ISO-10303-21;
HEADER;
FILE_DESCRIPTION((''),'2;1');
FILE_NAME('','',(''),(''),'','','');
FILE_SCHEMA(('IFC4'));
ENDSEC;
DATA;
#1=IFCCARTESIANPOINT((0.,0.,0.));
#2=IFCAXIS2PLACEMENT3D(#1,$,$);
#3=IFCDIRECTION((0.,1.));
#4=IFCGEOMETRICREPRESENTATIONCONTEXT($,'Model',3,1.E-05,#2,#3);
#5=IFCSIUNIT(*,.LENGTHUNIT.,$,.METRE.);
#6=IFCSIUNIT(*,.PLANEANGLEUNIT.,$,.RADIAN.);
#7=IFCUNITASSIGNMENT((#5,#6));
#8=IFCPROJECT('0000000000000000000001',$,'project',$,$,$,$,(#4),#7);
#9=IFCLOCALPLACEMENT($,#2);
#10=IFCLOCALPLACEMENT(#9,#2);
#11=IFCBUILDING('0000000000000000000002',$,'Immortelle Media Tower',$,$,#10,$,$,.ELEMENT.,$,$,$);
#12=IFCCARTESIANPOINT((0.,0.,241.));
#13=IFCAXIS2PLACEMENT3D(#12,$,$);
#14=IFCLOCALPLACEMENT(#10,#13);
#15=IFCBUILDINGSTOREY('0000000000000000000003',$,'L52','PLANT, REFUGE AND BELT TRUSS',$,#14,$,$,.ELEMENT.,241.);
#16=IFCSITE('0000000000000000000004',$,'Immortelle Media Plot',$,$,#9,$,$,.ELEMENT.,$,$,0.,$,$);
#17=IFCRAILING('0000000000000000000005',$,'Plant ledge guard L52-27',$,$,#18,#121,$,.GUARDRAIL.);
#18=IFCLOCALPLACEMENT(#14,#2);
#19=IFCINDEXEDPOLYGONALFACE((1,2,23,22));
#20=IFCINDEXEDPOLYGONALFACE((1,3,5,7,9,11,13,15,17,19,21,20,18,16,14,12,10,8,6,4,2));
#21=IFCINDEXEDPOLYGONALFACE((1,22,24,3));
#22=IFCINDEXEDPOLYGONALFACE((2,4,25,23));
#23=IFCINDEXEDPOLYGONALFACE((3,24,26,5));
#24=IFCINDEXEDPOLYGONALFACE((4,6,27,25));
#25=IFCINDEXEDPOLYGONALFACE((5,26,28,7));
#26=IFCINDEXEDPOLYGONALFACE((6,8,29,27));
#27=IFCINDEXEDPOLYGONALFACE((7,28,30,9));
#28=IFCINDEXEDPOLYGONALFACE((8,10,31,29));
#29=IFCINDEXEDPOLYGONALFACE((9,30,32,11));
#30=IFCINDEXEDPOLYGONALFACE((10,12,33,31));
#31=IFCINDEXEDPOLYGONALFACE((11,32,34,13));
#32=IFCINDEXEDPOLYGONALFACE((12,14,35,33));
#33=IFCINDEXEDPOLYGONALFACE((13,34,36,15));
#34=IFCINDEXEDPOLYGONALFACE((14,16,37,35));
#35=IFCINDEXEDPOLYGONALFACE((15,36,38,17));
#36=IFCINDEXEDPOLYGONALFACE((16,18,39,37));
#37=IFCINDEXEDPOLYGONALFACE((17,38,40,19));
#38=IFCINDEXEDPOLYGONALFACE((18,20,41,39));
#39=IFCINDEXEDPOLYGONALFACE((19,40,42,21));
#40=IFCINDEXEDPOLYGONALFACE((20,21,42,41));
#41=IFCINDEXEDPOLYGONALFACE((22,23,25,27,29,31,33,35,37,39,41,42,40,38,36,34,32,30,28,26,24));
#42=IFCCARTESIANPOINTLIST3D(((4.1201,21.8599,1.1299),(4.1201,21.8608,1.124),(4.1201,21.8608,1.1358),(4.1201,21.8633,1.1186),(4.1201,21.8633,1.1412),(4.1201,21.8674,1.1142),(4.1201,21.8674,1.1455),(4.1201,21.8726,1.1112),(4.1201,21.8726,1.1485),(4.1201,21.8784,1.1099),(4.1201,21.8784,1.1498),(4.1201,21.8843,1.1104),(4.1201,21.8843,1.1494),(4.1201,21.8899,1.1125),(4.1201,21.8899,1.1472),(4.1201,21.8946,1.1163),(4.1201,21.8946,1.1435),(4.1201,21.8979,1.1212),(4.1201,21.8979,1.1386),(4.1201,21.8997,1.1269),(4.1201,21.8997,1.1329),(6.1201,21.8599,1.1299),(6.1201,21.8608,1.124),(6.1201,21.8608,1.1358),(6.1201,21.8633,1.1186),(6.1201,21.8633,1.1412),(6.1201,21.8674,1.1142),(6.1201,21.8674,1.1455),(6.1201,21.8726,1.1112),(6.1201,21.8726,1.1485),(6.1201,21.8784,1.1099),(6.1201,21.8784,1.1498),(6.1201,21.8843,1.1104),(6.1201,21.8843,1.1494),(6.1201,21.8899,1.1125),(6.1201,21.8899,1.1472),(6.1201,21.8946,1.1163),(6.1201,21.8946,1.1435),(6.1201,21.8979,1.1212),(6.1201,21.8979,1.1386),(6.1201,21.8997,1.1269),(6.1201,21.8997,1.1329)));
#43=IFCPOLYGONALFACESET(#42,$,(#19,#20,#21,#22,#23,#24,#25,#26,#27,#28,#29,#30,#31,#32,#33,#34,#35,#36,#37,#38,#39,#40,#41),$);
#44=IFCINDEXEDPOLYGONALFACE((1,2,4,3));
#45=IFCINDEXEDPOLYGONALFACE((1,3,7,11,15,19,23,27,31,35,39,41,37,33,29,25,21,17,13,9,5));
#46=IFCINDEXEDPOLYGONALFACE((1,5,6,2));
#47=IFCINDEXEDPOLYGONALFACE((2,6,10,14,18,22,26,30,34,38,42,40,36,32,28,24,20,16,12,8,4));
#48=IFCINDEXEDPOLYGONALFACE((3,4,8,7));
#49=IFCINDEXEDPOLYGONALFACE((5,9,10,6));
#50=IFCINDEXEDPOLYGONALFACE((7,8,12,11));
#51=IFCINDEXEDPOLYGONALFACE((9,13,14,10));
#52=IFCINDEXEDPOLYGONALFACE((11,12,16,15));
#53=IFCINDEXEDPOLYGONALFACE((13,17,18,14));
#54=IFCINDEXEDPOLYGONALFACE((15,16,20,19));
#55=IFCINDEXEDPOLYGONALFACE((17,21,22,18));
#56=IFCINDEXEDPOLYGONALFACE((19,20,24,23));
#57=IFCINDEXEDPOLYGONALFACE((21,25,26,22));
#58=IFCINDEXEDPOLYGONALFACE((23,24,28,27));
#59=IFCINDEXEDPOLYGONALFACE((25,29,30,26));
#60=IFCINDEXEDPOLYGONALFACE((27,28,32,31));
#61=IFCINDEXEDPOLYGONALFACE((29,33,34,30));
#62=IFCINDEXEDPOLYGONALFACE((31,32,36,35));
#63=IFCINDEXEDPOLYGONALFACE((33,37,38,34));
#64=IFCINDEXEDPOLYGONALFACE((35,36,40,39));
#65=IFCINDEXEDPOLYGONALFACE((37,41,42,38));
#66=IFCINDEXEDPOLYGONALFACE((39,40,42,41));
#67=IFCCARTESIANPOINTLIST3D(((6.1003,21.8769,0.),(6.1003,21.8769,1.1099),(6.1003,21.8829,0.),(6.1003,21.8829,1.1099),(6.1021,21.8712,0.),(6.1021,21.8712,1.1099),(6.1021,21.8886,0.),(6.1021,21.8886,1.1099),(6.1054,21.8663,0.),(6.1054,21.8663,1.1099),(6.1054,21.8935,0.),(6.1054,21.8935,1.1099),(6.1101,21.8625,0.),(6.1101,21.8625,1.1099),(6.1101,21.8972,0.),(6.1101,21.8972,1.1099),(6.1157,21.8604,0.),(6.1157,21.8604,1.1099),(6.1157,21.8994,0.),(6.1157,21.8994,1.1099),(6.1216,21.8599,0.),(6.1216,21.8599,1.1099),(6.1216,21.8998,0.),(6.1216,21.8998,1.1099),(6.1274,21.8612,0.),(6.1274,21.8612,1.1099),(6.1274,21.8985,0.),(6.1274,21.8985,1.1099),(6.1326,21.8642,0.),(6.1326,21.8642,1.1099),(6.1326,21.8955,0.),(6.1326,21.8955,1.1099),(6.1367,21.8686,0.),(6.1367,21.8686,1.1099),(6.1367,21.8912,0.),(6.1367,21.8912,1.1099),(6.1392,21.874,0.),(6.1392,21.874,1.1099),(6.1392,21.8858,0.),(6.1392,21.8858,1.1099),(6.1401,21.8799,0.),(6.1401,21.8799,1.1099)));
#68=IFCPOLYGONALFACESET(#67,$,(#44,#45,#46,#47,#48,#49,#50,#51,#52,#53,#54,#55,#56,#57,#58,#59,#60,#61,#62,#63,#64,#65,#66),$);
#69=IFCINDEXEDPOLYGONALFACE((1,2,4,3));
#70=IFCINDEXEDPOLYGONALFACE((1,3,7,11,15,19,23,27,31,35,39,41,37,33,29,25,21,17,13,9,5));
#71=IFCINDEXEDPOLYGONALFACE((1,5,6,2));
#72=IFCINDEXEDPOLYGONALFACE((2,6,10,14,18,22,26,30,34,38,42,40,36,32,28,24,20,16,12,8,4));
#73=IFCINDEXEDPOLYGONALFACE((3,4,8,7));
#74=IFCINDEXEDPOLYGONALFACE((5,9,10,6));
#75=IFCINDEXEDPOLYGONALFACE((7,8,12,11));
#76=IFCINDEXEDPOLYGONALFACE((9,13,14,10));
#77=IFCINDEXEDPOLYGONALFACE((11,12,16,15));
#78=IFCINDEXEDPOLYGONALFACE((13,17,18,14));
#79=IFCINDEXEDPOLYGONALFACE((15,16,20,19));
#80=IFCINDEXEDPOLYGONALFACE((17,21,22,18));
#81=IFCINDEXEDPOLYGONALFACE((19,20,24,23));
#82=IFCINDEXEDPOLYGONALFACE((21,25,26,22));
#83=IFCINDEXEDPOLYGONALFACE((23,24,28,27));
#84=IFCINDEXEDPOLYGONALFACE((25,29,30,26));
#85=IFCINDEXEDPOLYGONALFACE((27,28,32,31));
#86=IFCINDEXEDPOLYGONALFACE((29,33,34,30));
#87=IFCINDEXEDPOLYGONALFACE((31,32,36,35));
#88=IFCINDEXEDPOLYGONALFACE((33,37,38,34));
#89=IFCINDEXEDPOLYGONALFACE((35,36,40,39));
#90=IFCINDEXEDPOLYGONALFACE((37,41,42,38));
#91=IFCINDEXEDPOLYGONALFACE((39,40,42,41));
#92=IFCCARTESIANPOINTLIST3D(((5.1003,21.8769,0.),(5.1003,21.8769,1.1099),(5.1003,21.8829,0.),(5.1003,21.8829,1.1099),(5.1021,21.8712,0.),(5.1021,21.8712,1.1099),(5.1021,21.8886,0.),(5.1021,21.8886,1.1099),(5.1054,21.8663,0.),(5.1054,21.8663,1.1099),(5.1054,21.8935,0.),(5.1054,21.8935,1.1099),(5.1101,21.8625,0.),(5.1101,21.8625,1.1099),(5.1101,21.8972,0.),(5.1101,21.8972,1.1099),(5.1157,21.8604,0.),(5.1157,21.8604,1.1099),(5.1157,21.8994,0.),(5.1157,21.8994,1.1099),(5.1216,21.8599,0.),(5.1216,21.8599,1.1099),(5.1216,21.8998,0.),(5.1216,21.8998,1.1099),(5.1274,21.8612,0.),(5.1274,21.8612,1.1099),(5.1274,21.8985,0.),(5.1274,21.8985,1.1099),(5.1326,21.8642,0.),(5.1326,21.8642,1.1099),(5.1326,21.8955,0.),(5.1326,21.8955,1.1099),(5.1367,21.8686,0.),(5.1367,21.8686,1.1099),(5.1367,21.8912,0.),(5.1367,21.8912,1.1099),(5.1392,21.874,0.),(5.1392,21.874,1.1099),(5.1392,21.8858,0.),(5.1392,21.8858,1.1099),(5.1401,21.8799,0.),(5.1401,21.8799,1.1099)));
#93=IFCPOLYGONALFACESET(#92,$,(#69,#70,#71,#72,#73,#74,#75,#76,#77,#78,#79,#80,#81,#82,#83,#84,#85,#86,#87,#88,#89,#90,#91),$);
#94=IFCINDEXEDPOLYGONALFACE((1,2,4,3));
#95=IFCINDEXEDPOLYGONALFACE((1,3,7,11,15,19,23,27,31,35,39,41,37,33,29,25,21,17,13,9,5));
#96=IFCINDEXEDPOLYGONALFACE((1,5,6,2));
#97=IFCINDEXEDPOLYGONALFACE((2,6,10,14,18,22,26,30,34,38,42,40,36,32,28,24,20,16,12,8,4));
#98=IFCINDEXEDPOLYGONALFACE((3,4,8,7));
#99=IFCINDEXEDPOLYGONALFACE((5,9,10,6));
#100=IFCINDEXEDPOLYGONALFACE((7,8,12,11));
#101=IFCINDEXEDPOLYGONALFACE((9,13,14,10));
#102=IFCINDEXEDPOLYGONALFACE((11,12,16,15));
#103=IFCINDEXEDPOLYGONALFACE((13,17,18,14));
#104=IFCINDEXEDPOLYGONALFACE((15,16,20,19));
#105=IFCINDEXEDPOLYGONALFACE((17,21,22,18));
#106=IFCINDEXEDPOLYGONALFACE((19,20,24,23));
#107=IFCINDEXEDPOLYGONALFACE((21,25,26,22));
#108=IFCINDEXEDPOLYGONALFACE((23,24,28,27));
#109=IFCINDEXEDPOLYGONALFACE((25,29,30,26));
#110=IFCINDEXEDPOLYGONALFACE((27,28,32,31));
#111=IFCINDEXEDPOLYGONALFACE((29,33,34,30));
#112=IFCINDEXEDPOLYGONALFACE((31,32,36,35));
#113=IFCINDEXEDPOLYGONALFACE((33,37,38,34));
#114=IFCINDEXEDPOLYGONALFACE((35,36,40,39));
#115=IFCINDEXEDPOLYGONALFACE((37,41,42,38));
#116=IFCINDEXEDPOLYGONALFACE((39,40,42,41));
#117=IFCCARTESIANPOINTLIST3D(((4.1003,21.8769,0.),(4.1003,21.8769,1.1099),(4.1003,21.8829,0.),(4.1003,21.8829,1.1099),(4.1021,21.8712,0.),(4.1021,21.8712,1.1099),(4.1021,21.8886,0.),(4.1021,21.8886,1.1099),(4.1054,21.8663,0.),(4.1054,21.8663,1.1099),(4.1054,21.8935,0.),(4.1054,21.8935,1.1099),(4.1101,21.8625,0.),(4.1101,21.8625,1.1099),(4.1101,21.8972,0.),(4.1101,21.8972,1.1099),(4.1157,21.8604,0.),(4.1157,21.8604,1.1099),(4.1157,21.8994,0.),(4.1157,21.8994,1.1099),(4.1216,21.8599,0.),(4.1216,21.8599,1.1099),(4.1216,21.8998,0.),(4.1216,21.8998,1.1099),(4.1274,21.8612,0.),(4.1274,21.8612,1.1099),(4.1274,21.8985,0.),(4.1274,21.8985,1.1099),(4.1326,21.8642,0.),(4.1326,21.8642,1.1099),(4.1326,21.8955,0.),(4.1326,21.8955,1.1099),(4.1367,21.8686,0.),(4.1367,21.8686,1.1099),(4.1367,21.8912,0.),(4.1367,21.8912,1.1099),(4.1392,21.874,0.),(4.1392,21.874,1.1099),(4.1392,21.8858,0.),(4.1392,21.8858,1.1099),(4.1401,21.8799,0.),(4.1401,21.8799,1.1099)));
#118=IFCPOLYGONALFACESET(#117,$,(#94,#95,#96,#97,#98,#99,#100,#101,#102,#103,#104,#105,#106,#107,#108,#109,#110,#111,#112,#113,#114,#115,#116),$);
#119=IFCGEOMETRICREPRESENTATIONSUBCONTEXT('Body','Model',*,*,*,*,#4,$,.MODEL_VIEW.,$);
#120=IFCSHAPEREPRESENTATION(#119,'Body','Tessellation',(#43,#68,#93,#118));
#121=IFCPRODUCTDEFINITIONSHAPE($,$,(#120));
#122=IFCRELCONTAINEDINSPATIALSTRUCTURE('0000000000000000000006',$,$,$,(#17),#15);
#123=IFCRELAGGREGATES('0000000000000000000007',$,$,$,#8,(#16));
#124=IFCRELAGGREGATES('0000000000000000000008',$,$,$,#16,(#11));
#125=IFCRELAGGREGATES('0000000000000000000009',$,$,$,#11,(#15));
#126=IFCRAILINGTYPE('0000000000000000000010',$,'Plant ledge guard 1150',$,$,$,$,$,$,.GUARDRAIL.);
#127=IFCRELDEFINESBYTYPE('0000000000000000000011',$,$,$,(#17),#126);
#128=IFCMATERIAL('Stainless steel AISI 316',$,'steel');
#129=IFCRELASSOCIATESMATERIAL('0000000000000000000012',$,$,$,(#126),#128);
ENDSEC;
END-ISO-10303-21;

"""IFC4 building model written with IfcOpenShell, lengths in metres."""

from ifc_helpers import new_model, si_unit, direction, frame, origin, origin_2d, place, context, subcontext, project, spatial, circle, extrude, material, type_object, element, save


model = new_model("IFC4")

# Units and contexts
model_context = context("Model", 3, precision=1e-05, world=origin(), true_north=direction((0.0, 1.0)))
body_context = subcontext(model_context, "Body", "Model", "MODEL_VIEW")
ifc_project = project(units=[si_unit("LENGTHUNIT", "METRE"), si_unit("PLANEANGLEUNIT", "RADIAN")], contexts=[model_context])

# Site, building, storey
site_placement = place(None, origin())
site = spatial("IfcSite", under=ifc_project, at=site_placement, Name="Immortelle Media Plot", CompositionType="ELEMENT", RefElevation=0.0)
building_placement = place(site_placement, origin())
building = spatial("IfcBuilding", under=site, at=building_placement, Name="Immortelle Media Tower", CompositionType="ELEMENT")
storey_placement = place(building_placement, frame((0.0, 0.0, 241.0)))
storey = spatial("IfcBuildingStorey", under=building, at=storey_placement, Name="L52", Description="PLANT, REFUGE AND BELT TRUSS", CompositionType="ELEMENT", Elevation=241.0)

# Railing
ifc_material_1 = material(Name="Stainless steel AISI 316", Category="steel")
railing_type = type_object("IfcRailingType", Name="Plant ledge guard 1150", PredefinedType="GUARDRAIL", material=ifc_material_1)
railing_1_placement = place(storey_placement, frame((6.1201, 21.8799, 0.0)))
element("IfcRailing", 1, at=railing_1_placement, inside=storey, type_object=railing_type, Name="Plant ledge guard L52-27", PredefinedType="GUARDRAIL", context=body_context, shape_type="SweptSolid", body=[
    extrude(circle(Radius=0.02, at=origin_2d()), frame((0.0, 0.0, 1.1299), z_axis=(-1.0, 0.0, 0.0), x_axis=(0.0, -1.0, 0.0)), (0.0, 0.0, 1.0), 2.0),
    extrude(circle(Radius=0.02, at=origin_2d()), origin(), (0.0, 0.0, 1.0), 1.1099),
    extrude(circle(Radius=0.02, at=origin_2d()), frame((-1.0, 0.0, 0.0)), (0.0, 0.0, 1.0), 1.1099),
    extrude(circle(Radius=0.02, at=origin_2d()), frame((-2.0, 0.0, 0.0)), (0.0, 0.0, 1.0), 1.1099),
])

save(model, "model.ifc")
